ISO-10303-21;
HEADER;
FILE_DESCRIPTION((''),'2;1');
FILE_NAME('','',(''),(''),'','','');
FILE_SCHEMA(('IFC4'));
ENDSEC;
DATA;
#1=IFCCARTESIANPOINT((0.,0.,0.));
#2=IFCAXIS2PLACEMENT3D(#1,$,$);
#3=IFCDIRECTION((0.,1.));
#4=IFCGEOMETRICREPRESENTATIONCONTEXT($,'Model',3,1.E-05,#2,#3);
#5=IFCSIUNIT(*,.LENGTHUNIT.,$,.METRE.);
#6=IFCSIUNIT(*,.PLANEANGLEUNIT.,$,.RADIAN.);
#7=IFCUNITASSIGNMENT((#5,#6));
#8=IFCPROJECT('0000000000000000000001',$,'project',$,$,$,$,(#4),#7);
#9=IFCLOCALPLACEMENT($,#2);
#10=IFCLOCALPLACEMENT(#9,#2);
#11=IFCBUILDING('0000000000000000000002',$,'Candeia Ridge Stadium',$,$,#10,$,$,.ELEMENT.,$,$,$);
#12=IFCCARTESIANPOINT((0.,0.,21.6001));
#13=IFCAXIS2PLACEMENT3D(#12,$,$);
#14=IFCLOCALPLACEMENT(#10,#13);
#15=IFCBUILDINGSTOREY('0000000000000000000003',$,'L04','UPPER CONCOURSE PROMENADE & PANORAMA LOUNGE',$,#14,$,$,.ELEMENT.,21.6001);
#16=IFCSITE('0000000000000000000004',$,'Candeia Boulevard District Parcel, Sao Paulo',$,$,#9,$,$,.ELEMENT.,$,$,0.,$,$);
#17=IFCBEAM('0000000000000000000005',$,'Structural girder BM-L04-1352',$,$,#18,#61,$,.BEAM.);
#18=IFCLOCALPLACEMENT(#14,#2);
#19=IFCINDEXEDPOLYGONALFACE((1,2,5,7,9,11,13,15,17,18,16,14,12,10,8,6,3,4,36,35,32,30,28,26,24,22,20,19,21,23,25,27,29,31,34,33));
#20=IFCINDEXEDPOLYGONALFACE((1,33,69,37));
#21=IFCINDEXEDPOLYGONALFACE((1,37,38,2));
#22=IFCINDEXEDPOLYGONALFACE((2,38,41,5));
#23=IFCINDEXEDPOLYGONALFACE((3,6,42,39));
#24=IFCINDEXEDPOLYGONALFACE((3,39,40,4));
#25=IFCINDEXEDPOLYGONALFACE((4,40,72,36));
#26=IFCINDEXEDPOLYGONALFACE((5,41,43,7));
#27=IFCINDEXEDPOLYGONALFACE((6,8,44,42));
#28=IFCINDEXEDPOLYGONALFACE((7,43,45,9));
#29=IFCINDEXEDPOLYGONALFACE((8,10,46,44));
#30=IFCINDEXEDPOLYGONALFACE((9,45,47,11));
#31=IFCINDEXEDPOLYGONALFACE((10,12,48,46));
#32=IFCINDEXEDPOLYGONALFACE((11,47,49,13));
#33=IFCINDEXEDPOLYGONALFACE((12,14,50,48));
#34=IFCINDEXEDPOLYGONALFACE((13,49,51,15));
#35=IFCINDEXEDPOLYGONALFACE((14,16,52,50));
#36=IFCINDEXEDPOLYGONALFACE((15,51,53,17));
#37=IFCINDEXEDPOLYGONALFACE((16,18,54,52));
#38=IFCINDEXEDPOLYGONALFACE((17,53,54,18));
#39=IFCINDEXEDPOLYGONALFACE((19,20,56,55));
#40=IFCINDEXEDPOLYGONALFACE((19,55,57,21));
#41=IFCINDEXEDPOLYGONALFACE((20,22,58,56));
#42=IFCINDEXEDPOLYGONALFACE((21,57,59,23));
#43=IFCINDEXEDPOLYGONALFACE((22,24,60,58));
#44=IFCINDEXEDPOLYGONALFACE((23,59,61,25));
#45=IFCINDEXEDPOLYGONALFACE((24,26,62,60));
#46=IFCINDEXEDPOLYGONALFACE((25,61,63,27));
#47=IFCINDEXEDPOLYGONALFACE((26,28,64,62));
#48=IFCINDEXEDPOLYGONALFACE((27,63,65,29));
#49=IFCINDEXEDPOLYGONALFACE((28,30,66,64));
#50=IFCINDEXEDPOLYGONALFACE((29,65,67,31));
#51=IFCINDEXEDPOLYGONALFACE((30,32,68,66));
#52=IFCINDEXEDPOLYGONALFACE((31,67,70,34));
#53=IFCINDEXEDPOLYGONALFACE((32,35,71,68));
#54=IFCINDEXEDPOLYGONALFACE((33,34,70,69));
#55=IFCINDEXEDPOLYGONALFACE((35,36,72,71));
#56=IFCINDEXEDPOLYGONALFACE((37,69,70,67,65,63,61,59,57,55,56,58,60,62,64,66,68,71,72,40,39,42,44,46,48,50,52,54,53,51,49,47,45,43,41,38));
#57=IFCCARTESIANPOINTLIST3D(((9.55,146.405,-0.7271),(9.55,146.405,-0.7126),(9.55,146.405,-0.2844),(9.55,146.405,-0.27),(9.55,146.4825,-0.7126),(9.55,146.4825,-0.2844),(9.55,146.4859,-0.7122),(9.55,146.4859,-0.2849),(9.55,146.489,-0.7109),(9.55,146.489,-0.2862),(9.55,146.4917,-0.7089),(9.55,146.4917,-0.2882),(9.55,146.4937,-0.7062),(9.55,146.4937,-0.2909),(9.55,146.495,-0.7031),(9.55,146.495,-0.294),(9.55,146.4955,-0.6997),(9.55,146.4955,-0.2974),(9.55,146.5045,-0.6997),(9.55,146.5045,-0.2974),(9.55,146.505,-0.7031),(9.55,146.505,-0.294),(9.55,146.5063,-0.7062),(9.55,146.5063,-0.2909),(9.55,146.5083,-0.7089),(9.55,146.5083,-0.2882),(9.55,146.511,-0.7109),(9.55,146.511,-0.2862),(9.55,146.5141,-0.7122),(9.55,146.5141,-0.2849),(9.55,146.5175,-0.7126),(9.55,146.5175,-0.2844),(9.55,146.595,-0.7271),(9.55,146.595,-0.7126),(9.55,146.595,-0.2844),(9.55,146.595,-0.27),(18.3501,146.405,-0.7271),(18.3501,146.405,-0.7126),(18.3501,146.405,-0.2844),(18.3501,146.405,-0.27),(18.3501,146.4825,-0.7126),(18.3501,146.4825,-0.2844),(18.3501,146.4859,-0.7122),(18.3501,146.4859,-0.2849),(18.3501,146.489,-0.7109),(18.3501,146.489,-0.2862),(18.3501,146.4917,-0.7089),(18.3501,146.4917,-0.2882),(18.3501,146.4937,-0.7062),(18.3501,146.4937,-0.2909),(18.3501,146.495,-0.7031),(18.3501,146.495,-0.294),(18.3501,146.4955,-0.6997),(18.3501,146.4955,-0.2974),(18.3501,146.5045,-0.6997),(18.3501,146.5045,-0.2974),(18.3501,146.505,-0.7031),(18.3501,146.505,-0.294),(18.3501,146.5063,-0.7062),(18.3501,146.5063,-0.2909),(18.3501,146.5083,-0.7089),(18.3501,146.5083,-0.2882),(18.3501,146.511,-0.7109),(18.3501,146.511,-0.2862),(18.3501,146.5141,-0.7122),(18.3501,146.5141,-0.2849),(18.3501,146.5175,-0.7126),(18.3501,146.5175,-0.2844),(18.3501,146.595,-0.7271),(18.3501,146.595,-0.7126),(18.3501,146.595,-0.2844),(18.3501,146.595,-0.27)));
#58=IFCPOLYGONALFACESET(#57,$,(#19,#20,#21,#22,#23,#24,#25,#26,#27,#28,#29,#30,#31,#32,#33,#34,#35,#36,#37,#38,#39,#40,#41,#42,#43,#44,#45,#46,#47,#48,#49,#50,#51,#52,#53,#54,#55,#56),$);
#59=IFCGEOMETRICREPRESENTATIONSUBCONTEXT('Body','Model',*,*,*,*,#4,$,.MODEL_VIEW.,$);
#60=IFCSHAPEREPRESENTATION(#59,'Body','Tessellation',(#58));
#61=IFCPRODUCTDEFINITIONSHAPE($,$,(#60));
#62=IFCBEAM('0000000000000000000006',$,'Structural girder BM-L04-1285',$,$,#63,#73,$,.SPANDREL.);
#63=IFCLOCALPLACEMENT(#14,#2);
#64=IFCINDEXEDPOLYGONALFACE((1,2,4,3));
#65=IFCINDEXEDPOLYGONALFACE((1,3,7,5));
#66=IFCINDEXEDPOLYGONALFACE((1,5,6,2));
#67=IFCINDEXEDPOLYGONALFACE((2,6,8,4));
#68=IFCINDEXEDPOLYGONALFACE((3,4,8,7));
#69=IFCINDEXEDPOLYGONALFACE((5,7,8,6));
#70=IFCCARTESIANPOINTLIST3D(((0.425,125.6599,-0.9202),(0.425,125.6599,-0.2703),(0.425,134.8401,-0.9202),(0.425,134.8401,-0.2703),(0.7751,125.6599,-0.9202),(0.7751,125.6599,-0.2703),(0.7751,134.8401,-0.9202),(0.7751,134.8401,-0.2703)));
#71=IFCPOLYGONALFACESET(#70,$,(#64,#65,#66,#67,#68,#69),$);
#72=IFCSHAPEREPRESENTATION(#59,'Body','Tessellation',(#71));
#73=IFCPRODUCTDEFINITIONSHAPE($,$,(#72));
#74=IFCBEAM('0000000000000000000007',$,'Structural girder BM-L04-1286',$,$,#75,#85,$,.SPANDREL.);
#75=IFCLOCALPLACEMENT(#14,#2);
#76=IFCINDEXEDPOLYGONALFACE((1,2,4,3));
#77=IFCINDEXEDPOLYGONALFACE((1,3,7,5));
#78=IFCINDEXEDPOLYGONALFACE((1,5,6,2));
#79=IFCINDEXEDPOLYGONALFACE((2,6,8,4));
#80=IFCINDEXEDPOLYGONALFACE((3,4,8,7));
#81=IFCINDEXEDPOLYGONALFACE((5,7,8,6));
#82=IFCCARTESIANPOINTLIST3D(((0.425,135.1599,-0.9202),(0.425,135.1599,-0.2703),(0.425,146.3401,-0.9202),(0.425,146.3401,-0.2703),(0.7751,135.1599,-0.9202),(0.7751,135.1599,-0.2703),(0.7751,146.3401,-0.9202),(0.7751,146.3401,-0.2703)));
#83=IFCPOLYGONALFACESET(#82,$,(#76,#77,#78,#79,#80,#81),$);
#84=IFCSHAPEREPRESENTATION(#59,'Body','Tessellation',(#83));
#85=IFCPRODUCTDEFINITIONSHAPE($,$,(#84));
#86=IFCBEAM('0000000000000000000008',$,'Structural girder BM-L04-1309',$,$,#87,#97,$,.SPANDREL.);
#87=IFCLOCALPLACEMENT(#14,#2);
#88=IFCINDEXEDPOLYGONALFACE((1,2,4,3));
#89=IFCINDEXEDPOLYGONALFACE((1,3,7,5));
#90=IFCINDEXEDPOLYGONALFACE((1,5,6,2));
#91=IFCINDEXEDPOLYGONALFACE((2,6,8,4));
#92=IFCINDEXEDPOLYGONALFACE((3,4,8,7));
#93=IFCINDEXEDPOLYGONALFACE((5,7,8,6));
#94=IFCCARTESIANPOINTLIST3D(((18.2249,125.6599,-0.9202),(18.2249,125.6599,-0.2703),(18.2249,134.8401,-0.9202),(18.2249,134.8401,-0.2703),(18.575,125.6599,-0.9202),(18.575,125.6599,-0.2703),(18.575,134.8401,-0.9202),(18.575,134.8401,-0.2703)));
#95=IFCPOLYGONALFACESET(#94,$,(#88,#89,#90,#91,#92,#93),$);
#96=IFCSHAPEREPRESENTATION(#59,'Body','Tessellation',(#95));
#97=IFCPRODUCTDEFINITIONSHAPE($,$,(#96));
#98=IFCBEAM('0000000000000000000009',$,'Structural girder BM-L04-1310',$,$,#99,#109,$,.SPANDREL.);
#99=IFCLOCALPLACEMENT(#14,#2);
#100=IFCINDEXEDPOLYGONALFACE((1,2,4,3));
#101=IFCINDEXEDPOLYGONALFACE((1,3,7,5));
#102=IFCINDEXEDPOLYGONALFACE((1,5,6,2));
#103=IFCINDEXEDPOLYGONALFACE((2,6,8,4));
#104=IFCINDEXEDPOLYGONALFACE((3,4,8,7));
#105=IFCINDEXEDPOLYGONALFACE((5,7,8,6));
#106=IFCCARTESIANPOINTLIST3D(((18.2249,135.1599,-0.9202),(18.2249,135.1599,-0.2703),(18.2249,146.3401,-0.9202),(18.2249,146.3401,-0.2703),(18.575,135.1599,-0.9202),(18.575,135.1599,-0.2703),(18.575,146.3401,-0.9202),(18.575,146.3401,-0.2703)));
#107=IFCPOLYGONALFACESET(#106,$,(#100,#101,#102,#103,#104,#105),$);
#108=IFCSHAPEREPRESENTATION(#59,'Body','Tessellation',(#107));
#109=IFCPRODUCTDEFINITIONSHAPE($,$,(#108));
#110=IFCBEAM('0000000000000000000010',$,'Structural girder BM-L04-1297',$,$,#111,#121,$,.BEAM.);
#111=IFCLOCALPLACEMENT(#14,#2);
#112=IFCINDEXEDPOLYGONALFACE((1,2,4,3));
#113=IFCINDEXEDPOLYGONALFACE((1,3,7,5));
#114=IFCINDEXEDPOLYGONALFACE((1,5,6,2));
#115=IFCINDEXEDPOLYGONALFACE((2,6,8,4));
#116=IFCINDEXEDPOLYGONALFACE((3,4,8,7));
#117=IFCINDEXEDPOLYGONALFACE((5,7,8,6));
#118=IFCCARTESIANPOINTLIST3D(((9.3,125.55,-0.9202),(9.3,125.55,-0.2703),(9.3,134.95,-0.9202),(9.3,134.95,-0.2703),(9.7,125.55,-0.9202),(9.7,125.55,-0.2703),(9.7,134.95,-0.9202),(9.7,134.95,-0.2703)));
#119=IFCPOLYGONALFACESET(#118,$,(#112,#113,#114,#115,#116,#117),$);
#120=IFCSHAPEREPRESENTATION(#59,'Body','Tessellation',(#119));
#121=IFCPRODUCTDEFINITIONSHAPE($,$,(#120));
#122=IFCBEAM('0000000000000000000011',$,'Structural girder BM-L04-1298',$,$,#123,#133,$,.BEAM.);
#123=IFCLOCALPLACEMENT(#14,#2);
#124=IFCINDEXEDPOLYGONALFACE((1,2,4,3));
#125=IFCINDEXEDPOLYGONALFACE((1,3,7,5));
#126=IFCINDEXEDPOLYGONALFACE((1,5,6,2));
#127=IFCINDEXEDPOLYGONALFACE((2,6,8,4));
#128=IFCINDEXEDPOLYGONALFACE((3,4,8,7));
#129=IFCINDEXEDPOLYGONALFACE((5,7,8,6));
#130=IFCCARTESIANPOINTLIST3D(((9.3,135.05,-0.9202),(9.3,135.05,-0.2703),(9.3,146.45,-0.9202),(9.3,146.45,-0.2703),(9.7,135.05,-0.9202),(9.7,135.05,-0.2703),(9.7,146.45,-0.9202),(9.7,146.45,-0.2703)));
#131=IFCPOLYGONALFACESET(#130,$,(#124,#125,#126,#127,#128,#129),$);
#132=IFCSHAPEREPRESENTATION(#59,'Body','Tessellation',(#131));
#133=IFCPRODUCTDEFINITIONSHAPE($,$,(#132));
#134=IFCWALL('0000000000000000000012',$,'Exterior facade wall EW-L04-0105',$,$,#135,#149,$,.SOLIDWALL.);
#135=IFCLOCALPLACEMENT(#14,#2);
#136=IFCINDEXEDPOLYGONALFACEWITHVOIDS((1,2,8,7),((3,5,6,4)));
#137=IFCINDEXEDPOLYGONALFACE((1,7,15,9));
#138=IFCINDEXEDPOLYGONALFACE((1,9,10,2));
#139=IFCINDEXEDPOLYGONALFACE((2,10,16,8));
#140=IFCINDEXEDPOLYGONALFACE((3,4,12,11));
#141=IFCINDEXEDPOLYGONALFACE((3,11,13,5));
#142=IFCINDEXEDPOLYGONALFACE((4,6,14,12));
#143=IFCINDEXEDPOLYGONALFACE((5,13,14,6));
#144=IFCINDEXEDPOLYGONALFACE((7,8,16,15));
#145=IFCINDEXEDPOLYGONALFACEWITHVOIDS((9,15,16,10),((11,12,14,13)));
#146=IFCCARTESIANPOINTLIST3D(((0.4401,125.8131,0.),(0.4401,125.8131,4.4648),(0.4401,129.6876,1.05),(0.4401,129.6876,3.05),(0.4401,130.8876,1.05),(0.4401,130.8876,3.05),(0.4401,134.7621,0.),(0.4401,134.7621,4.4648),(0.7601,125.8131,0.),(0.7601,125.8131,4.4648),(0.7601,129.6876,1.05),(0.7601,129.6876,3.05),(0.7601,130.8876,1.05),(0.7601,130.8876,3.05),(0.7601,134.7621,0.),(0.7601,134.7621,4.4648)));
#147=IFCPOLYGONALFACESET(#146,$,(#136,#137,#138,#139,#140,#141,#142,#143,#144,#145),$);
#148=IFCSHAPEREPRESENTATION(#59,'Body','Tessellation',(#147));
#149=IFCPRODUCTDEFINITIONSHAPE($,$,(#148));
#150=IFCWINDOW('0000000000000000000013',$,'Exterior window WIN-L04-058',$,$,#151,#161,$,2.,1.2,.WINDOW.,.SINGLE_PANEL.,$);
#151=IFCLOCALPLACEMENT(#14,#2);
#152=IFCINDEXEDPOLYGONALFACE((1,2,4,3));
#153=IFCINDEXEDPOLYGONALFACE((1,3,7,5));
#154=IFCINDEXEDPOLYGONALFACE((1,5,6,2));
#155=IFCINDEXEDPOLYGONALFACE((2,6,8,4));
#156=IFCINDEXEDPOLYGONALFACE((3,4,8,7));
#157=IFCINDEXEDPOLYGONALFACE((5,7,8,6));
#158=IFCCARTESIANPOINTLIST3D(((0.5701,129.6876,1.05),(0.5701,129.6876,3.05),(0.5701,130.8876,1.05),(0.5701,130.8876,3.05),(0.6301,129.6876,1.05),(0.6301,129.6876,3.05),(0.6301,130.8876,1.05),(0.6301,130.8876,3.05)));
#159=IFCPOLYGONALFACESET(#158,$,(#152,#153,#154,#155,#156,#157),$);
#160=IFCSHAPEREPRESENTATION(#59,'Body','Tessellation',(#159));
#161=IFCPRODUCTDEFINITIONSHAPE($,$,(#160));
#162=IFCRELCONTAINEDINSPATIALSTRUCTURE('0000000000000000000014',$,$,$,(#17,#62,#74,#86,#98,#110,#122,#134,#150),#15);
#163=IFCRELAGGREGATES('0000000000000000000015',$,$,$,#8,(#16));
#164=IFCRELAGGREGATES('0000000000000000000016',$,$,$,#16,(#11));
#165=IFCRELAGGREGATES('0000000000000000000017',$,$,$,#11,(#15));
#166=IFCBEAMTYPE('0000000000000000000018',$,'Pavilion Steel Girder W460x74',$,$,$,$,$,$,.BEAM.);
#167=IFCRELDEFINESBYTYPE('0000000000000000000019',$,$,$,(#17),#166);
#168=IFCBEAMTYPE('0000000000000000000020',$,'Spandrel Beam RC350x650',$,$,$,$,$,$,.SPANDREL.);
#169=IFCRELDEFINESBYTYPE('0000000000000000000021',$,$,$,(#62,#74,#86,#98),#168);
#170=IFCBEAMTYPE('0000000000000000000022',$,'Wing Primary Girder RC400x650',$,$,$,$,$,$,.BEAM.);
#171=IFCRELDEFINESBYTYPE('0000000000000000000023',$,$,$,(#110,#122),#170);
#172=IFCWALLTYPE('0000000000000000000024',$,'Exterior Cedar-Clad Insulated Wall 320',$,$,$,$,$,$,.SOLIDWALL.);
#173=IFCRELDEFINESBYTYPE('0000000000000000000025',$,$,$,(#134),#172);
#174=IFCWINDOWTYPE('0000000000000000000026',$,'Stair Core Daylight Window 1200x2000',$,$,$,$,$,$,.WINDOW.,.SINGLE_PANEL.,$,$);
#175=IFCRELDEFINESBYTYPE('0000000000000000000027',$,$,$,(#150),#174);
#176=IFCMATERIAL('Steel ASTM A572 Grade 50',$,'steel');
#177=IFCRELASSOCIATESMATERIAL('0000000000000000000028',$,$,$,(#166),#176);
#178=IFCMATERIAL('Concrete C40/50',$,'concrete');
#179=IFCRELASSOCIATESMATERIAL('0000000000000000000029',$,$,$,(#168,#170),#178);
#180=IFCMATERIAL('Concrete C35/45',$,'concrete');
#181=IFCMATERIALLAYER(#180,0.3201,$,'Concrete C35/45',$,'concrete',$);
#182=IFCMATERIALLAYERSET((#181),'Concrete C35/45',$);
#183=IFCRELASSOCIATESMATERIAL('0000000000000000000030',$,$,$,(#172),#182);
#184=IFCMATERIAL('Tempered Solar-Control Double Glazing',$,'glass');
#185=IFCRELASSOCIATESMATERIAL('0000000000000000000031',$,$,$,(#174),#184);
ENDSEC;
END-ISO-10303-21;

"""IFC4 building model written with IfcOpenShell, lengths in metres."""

from ifc_helpers import new_model, si_unit, direction, frame, frame_2d, origin, origin_2d, place, context, subcontext, project, spatial, rectangle, i_section, extrude, material, layer, layer_set, material_profile, profile_set, type_object, element, fill, save


model = new_model("IFC4")

# Units and contexts
model_context = context("Model", 3, precision=1e-05, world=origin(), true_north=direction((0.0, 1.0)))
body_context = subcontext(model_context, "Body", "Model", "MODEL_VIEW")
ifc_project = project(units=[si_unit("LENGTHUNIT", "METRE"), si_unit("PLANEANGLEUNIT", "RADIAN")], contexts=[model_context])

# Site, building, storey
site_placement = place(None, origin())
site = spatial("IfcSite", under=ifc_project, at=site_placement, Name="Candeia Boulevard District Parcel, Sao Paulo", CompositionType="ELEMENT", RefElevation=0.0)
building_placement = place(site_placement, origin())
building = spatial("IfcBuilding", under=site, at=building_placement, Name="Candeia Ridge Stadium", CompositionType="ELEMENT")
storey_placement = place(building_placement, frame((0.0, 0.0, 21.6001)))
storey = spatial("IfcBuildingStorey", under=building, at=storey_placement, Name="L04", Description="UPPER CONCOURSE PROMENADE & PANORAMA LOUNGE", CompositionType="ELEMENT", Elevation=21.6001)

# Shared definitions
ifc_material_1 = material(Name="Concrete C40/50", Category="concrete")

# Beams
ifc_material_2 = material(Name="Steel ASTM A572 Grade 50", Category="steel")
ifc_material_profile_1 = material_profile(ifc_material_2, i_section(OverallWidth=0.1899, OverallDepth=0.457, WebThickness=0.009, FlangeThickness=0.0144, FilletRadius=0.0129, at=origin_2d()), Name="W460x74", Category="steel")
ifc_profile_set_1 = profile_set([ifc_material_profile_1], Name="Steel ASTM A572 Grade 50")
beam_type_1 = type_object("IfcBeamType", Name="Pavilion Steel Girder W460x74", PredefinedType="BEAM", material=ifc_profile_set_1)
for number, where, z_axis, x_axis, name in (
    (1, (9.55, 146.5, -0.4985), (1.0, 0.0, 0.0), (0.0, 1.0, 0.0), "Structural girder BM-L04-1352"),
):
    element("IfcBeam", number, at=place(storey_placement, frame(where, z_axis=z_axis, x_axis=x_axis)), inside=storey, type_object=beam_type_1, Name=name, PredefinedType="BEAM", context=body_context, shape_type="SweptSolid", body=[
        extrude(i_section(OverallWidth=0.1899, OverallDepth=0.457, WebThickness=0.009, FlangeThickness=0.0144, FilletRadius=0.0129, at=origin_2d()), origin(), (0.0, 0.0, 1.0), 8.8),
    ])
ifc_material_profile_2 = material_profile(ifc_material_1, rectangle(XDim=0.3501, YDim=0.6499, at=origin_2d()), Name="RC350x650", Category="concrete")
ifc_profile_set_2 = profile_set([ifc_material_profile_2], Name="Concrete C40/50")
beam_type_2 = type_object("IfcBeamType", Name="Spandrel Beam RC350x650", PredefinedType="SPANDREL", material=ifc_profile_set_2)
beam_1_placement = place(storey_placement, frame((0.6001, 125.6599, -0.5952), z_axis=(0.0, 1.0, 0.0), x_axis=(-1.0, 0.0, 0.0)))
element("IfcBeam", 2, at=beam_1_placement, inside=storey, type_object=beam_type_2, Name="Structural girder BM-L04-1285", PredefinedType="SPANDREL", context=body_context, shape_type="SweptSolid", body=[
    extrude(rectangle(XDim=0.3501, YDim=0.6499, at=origin_2d()), origin(), (0.0, 0.0, 1.0), 9.1802),
])
beam_2_placement = place(storey_placement, frame((0.6001, 135.1599, -0.5952), z_axis=(0.0, 1.0, 0.0), x_axis=(-1.0, 0.0, 0.0)))
element("IfcBeam", 3, at=beam_2_placement, inside=storey, type_object=beam_type_2, Name="Structural girder BM-L04-1286", PredefinedType="SPANDREL", context=body_context, shape_type="SweptSolid", body=[
    extrude(rectangle(XDim=0.3501, YDim=0.6499, at=origin_2d()), origin(), (0.0, 0.0, 1.0), 11.1802),
])
beam_3_placement = place(storey_placement, frame((18.3999, 125.6599, -0.5952), z_axis=(0.0, 1.0, 0.0), x_axis=(-1.0, 0.0, 0.0)))
element("IfcBeam", 4, at=beam_3_placement, inside=storey, type_object=beam_type_2, Name="Structural girder BM-L04-1309", PredefinedType="SPANDREL", context=body_context, shape_type="SweptSolid", body=[
    extrude(rectangle(XDim=0.3501, YDim=0.6499, at=origin_2d()), origin(), (0.0, 0.0, 1.0), 9.1802),
])
beam_4_placement = place(storey_placement, frame((18.3999, 135.1599, -0.5952), z_axis=(0.0, 1.0, 0.0), x_axis=(-1.0, 0.0, 0.0)))
element("IfcBeam", 5, at=beam_4_placement, inside=storey, type_object=beam_type_2, Name="Structural girder BM-L04-1310", PredefinedType="SPANDREL", context=body_context, shape_type="SweptSolid", body=[
    extrude(rectangle(XDim=0.3501, YDim=0.6499, at=origin_2d()), origin(), (0.0, 0.0, 1.0), 11.1802),
])
ifc_material_profile_3 = material_profile(ifc_material_1, rectangle(XDim=0.3999, YDim=0.6499, at=origin_2d()), Name="RC400x650", Category="concrete")
ifc_profile_set_3 = profile_set([ifc_material_profile_3], Name="Concrete C40/50")
beam_type_3 = type_object("IfcBeamType", Name="Wing Primary Girder RC400x650", PredefinedType="BEAM", material=ifc_profile_set_3)
beam_5_placement = place(storey_placement, frame((9.5, 125.55, -0.5952), z_axis=(0.0, 1.0, 0.0), x_axis=(-1.0, 0.0, 0.0)))
element("IfcBeam", 6, at=beam_5_placement, inside=storey, type_object=beam_type_3, Name="Structural girder BM-L04-1297", PredefinedType="BEAM", context=body_context, shape_type="SweptSolid", body=[
    extrude(rectangle(XDim=0.3999, YDim=0.6499, at=origin_2d()), origin(), (0.0, 0.0, 1.0), 9.3999),
])
beam_6_placement = place(storey_placement, frame((9.5, 135.05, -0.5952), z_axis=(0.0, 1.0, 0.0), x_axis=(-1.0, 0.0, 0.0)))
element("IfcBeam", 7, at=beam_6_placement, inside=storey, type_object=beam_type_3, Name="Structural girder BM-L04-1298", PredefinedType="BEAM", context=body_context, shape_type="SweptSolid", body=[
    extrude(rectangle(XDim=0.3999, YDim=0.6499, at=origin_2d()), origin(), (0.0, 0.0, 1.0), 11.3999),
])

# Wall, opening, window
ifc_material_3 = material(Name="Concrete C35/45", Category="concrete")
ifc_layer_1 = layer(ifc_material_3, 0.3201, Name="Concrete C35/45", Category="concrete")
ifc_layer_set_1 = layer_set([ifc_layer_1], Name="Concrete C35/45")
wall_type_1 = type_object("IfcWallType", Name="Exterior Cedar-Clad Insulated Wall 320", PredefinedType="SOLIDWALL", material=ifc_layer_set_1)
wall_1_placement = place(storey_placement, frame((0.6001, 125.813, 0.0), z_axis=(0.0, 0.0, 1.0), x_axis=(0.0, 1.0, 0.0)))
wall_1 = element("IfcWall", 8, at=wall_1_placement, inside=storey, type_object=wall_type_1, Name="Exterior facade wall EW-L04-0105", PredefinedType="SOLIDWALL", context=body_context, shape_type="SweptSolid", body=[
    extrude(rectangle(XDim=8.949, YDim=0.3201, at=frame_2d((4.4746, 0.0))), origin(), (0.0, 0.0, 1.0), 4.4648),
])
opening_1_placement = place(wall_1_placement, frame((3.8745, 0.0, 1.05)))
opening_1 = element("IfcOpeningElement", 9, at=opening_1_placement, cuts=wall_1, PredefinedType="OPENING", context=body_context, shape_type="SweptSolid", body=[
    extrude(rectangle(XDim=1.2, YDim=2.0, at=frame_2d((0.6001, 1.0))), frame((0.0, 0.1699, 0.0), z_axis=(0.0, -1.0, 0.0), x_axis=(1.0, 0.0, 0.0)), (0.0, 0.0, 1.0), 0.3401),
])
ifc_material_4 = material(Name="Tempered Solar-Control Double Glazing", Category="glass")
window_type_1 = type_object("IfcWindowType", Name="Stair Core Daylight Window 1200x2000", PartitioningType="SINGLE_PANEL", PredefinedType="WINDOW", material=ifc_material_4)
window_1_placement = place(opening_1_placement, origin())
window_1 = element("IfcWindow", 10, at=window_1_placement, inside=storey, type_object=window_type_1, Name="Exterior window WIN-L04-058", OverallHeight=2.0, OverallWidth=1.2, PartitioningType="SINGLE_PANEL", PredefinedType="WINDOW", context=body_context, shape_type="SweptSolid", body=[
    extrude(rectangle(XDim=1.2, YDim=2.0, at=frame_2d((0.6001, 1.0))), frame((0.0, 0.03, 0.0), z_axis=(0.0, -1.0, 0.0), x_axis=(1.0, 0.0, 0.0)), (0.0, 0.0, 1.0), 0.0601),
])
fill(opening_1, window_1)

save(model, "model.ifc")
